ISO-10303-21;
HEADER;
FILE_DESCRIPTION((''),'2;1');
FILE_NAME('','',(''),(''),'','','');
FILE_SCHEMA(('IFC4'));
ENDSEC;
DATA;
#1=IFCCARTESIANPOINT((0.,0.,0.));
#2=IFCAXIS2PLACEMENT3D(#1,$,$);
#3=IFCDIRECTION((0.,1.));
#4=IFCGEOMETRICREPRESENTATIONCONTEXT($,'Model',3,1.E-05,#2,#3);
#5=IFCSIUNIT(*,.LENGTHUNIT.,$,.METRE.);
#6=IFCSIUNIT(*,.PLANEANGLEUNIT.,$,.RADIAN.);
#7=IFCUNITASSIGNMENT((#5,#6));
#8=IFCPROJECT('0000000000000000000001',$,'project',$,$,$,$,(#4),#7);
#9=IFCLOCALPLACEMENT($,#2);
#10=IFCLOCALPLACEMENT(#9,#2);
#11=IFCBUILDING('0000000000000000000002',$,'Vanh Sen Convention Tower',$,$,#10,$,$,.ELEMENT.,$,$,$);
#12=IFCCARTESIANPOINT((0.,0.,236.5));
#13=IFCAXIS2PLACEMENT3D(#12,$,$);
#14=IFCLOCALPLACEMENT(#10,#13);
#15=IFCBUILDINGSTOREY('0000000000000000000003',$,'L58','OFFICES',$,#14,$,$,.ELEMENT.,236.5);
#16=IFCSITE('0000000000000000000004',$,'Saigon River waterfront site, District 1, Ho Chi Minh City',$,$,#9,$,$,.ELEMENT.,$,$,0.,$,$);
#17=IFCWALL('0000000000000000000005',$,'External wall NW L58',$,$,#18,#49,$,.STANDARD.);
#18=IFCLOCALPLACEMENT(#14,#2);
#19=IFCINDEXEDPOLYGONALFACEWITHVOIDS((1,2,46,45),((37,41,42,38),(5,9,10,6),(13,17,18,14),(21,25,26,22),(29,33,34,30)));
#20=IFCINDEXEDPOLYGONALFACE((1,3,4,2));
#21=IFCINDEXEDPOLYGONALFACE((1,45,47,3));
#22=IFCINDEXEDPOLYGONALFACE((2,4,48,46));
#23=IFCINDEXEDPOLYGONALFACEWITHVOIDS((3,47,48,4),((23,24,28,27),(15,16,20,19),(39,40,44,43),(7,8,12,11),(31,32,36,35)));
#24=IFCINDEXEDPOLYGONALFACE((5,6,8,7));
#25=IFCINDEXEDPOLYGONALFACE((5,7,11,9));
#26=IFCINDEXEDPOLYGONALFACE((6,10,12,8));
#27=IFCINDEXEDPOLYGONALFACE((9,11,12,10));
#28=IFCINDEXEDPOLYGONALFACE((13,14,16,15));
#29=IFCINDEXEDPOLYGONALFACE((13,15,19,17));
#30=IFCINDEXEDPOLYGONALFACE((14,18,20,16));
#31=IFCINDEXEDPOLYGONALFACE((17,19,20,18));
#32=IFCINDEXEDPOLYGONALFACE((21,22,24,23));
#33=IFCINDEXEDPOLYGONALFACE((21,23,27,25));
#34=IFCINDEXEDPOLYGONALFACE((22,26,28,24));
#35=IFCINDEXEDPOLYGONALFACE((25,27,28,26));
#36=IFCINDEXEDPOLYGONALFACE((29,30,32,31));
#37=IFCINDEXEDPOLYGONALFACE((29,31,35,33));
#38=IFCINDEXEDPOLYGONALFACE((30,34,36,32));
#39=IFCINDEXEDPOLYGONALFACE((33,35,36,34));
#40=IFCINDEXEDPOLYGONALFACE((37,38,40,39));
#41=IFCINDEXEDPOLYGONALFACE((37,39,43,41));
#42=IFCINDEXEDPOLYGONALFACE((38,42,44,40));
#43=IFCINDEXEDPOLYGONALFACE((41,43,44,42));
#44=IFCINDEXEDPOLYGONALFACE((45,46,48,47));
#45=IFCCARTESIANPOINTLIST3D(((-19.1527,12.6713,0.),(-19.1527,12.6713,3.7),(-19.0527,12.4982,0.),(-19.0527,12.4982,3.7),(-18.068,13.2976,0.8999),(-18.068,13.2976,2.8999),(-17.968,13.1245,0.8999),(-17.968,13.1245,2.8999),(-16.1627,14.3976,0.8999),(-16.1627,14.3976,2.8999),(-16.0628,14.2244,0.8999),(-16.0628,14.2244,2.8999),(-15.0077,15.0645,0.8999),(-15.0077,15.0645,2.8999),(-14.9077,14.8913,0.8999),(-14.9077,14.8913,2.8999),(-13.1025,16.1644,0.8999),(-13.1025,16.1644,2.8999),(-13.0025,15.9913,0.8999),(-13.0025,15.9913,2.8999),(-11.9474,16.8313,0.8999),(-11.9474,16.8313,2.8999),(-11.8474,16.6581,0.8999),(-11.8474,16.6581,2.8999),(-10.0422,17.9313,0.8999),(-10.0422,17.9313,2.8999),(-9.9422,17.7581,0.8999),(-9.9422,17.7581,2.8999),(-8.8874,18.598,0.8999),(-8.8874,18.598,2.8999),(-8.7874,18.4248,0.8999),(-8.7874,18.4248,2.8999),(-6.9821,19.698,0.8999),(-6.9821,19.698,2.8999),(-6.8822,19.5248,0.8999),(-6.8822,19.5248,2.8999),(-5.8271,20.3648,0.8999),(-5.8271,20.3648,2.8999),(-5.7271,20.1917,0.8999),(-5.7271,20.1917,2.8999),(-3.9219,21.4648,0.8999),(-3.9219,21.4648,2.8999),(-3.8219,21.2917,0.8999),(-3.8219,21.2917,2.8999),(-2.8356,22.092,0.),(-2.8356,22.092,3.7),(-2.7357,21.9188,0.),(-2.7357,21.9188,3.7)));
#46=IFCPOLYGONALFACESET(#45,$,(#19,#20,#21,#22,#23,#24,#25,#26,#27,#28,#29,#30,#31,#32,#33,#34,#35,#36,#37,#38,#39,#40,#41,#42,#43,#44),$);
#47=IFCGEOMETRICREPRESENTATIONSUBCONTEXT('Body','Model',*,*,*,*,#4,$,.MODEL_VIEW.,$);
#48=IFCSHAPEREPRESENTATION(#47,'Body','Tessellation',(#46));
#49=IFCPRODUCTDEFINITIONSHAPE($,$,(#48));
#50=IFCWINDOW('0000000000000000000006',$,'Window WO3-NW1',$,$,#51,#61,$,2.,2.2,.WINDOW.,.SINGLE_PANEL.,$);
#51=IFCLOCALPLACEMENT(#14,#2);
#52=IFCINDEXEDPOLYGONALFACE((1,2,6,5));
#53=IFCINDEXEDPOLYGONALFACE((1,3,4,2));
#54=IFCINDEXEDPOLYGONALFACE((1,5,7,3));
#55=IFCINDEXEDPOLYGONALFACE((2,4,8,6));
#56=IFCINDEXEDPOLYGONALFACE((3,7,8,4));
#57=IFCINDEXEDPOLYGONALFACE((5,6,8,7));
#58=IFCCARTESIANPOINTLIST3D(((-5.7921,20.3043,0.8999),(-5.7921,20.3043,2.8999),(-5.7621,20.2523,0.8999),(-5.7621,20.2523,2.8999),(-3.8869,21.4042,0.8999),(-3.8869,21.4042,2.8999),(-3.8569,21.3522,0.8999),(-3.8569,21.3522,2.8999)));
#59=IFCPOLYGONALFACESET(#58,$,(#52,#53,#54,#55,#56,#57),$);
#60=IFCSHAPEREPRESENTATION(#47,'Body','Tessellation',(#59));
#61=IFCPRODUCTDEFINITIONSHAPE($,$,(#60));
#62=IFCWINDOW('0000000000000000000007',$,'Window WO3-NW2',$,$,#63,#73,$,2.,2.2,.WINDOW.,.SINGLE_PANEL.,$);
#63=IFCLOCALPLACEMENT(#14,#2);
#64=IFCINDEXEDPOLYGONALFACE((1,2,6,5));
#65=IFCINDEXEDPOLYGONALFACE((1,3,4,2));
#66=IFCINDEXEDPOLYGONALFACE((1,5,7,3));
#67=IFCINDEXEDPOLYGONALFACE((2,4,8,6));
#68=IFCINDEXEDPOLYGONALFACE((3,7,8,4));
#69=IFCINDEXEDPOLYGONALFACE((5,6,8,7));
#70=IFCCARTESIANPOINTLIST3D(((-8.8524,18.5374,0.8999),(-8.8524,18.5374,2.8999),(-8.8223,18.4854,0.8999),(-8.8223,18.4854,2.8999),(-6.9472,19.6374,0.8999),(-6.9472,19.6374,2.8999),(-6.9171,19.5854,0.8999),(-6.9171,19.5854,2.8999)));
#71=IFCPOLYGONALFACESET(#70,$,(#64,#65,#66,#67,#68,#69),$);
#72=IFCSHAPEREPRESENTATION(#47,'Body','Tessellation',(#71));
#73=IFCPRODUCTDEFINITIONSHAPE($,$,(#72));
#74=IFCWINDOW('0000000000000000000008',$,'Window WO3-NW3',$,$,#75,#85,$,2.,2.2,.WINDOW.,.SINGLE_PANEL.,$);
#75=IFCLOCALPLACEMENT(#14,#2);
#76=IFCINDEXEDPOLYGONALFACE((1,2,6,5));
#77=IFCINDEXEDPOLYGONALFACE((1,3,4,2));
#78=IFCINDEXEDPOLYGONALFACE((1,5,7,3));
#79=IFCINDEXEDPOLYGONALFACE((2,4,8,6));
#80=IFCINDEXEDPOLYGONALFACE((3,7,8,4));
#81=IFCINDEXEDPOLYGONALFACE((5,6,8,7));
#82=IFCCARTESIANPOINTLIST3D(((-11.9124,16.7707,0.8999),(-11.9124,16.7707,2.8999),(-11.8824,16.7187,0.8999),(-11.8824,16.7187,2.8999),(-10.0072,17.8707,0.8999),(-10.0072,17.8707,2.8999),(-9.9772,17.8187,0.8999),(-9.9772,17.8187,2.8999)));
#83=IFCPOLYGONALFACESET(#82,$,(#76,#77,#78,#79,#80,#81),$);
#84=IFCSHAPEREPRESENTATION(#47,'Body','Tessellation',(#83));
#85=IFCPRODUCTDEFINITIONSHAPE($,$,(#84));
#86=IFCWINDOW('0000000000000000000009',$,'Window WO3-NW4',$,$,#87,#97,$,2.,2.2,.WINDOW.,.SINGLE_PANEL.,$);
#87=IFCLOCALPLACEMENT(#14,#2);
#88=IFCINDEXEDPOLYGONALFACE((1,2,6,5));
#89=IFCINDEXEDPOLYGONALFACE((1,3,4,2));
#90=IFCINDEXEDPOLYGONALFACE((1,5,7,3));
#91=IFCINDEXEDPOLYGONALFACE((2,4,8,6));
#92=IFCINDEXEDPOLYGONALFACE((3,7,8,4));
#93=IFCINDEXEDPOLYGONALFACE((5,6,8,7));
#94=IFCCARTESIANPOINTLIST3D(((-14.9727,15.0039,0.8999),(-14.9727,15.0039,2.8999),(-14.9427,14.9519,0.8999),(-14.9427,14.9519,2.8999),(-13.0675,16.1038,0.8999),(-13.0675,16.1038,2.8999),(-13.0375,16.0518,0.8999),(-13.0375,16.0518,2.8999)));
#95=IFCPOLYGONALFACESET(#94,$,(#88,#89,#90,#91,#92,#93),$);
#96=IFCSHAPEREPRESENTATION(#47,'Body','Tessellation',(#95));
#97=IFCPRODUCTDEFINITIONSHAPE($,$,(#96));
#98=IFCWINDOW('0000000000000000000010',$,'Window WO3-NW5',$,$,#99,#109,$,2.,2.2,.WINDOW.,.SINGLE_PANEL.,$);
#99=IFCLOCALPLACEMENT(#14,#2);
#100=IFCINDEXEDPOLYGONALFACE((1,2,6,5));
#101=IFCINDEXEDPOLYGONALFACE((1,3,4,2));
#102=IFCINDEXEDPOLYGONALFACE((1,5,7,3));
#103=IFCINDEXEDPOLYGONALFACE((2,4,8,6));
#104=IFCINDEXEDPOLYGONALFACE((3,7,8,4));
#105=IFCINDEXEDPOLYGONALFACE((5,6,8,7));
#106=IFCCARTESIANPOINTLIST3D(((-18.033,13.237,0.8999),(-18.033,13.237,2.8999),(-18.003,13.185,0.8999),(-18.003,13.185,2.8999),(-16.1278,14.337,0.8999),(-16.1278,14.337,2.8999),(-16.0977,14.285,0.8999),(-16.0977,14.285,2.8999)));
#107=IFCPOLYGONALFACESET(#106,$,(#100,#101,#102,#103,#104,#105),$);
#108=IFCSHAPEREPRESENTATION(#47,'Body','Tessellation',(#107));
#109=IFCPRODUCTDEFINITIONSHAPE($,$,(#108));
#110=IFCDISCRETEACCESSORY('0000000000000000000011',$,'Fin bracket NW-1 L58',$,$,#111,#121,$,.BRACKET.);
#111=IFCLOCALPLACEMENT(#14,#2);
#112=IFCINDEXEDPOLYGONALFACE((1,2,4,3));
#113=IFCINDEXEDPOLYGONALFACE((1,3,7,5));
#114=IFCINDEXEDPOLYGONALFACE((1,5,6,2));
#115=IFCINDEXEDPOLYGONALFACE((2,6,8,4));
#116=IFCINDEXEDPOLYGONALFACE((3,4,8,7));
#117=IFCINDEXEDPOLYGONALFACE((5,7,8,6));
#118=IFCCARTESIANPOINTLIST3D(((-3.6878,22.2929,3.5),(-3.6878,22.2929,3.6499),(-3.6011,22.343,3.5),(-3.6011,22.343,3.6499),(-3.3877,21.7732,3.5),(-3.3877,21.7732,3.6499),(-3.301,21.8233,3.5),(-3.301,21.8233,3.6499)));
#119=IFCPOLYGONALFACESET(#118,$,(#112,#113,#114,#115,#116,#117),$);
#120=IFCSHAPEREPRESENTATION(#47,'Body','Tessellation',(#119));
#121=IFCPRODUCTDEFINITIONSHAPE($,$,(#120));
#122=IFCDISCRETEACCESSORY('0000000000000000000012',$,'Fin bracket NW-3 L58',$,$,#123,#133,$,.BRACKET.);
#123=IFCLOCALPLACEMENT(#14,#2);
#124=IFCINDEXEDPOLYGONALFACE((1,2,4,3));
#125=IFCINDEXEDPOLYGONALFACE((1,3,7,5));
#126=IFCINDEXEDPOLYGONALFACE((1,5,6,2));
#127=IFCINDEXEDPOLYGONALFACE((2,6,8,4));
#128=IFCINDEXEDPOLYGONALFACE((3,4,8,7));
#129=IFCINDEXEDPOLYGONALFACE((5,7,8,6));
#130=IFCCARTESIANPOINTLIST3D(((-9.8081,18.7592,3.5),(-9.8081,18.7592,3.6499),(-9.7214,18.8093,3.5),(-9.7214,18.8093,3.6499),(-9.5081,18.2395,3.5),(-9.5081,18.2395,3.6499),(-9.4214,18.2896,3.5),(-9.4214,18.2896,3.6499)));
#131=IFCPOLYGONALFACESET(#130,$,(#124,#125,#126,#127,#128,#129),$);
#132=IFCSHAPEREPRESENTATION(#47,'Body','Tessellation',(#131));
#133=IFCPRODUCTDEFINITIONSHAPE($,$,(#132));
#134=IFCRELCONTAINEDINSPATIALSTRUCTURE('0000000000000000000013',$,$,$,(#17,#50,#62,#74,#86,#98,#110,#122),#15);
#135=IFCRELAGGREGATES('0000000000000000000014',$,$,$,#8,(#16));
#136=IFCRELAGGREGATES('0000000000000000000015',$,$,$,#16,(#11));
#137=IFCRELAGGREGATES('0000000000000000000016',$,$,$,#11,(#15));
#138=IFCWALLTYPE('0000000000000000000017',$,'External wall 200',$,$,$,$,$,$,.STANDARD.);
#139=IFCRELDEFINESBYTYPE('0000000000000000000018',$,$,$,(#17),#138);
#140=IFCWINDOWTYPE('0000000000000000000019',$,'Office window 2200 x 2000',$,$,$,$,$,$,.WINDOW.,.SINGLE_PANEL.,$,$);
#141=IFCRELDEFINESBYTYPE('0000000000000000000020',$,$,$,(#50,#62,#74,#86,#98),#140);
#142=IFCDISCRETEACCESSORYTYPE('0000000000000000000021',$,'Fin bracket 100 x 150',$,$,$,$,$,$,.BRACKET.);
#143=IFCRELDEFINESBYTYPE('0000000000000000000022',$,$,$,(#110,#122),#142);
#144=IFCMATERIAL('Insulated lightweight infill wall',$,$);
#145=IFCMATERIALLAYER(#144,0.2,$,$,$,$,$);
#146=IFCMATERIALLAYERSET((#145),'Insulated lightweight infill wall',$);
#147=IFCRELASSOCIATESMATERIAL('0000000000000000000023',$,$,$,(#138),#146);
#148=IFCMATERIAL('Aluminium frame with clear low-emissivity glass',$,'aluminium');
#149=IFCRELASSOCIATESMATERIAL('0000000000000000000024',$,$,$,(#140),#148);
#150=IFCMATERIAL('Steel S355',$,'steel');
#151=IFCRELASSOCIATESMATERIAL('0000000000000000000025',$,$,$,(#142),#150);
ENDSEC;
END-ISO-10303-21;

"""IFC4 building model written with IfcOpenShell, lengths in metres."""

from ifc_helpers import new_model, si_unit, direction, frame, frame_2d, origin, origin_2d, place, context, subcontext, project, spatial, rectangle, extrude, material, layer, layer_set, type_object, element, fill, save


model = new_model("IFC4")

# Units and contexts
model_context = context("Model", 3, precision=1e-05, world=origin(), true_north=direction((0.0, 1.0)))
body_context = subcontext(model_context, "Body", "Model", "MODEL_VIEW")
ifc_project = project(units=[si_unit("LENGTHUNIT", "METRE"), si_unit("PLANEANGLEUNIT", "RADIAN")], contexts=[model_context])

# Site, building, storey
site_placement = place(None, origin())
site = spatial("IfcSite", under=ifc_project, at=site_placement, Name="Saigon River waterfront site, District 1, Ho Chi Minh City", CompositionType="ELEMENT", RefElevation=0.0)
building_placement = place(site_placement, origin())
building = spatial("IfcBuilding", under=site, at=building_placement, Name="Vanh Sen Convention Tower", CompositionType="ELEMENT")
storey_placement = place(building_placement, frame((0.0, 0.0, 236.5)))
storey = spatial("IfcBuildingStorey", under=building, at=storey_placement, Name="L58", Description="OFFICES", CompositionType="ELEMENT", Elevation=236.5)

# Wall, openings, windows
ifc_material_1 = material(Name="Insulated lightweight infill wall")
ifc_layer_1 = layer(ifc_material_1, 0.2)
ifc_layer_set_1 = layer_set([ifc_layer_1], Name="Insulated lightweight infill wall")
wall_type_1 = type_object("IfcWallType", Name="External wall 200", PredefinedType="STANDARD", material=ifc_layer_set_1)
wall_1_placement = place(storey_placement, frame((-2.7856, 22.0054, 0.0), z_axis=(0.0, 0.0, 1.0), x_axis=(-0.866027, -0.499998, 0.0)))
wall_1 = element("IfcWall", 1, at=wall_1_placement, inside=storey, type_object=wall_type_1, Name="External wall NW L58", PredefinedType="STANDARD", context=body_context, shape_type="SweptSolid", body=[
    extrude(rectangle(XDim=18.8413, YDim=0.2, at=frame_2d((9.4207, 0.0))), origin(), (0.0, 0.0, 1.0), 3.7),
])
opening_1_placement = place(wall_1_placement, frame((1.2542, 0.0, 0.8999)))
opening_1 = element("IfcOpeningElement", 2, at=opening_1_placement, cuts=wall_1, PredefinedType="OPENING", context=body_context, shape_type="SweptSolid", body=[
    extrude(rectangle(XDim=2.2, YDim=2.0, at=frame_2d((1.1001, 1.0))), frame((0.0, 0.1099, 0.0), z_axis=(0.0, -1.0, 0.0), x_axis=(1.0, 0.0, 0.0)), (0.0, 0.0, 1.0), 0.22),
])
opening_2_placement = place(wall_1_placement, frame((4.7878, 0.0, 0.8999)))
opening_2 = element("IfcOpeningElement", 3, at=opening_2_placement, cuts=wall_1, PredefinedType="OPENING", context=body_context, shape_type="SweptSolid", body=[
    extrude(rectangle(XDim=2.2, YDim=2.0, at=frame_2d((1.1001, 1.0))), frame((0.0, 0.1099, 0.0), z_axis=(0.0, -1.0, 0.0), x_axis=(1.0, 0.0, 0.0)), (0.0, 0.0, 1.0), 0.22),
])
opening_3_placement = place(wall_1_placement, frame((8.3213, 0.0, 0.8999)))
opening_3 = element("IfcOpeningElement", 4, at=opening_3_placement, cuts=wall_1, PredefinedType="OPENING", context=body_context, shape_type="SweptSolid", body=[
    extrude(rectangle(XDim=2.2, YDim=2.0, at=frame_2d((1.1001, 1.0))), frame((0.0, 0.1099, 0.0), z_axis=(0.0, -1.0, 0.0), x_axis=(1.0, 0.0, 0.0)), (0.0, 0.0, 1.0), 0.22),
])
opening_4_placement = place(wall_1_placement, frame((11.855, 0.0, 0.8999)))
opening_4 = element("IfcOpeningElement", 5, at=opening_4_placement, cuts=wall_1, PredefinedType="OPENING", context=body_context, shape_type="SweptSolid", body=[
    extrude(rectangle(XDim=2.2, YDim=2.0, at=frame_2d((1.1001, 1.0))), frame((0.0, 0.1099, 0.0), z_axis=(0.0, -1.0, 0.0), x_axis=(1.0, 0.0, 0.0)), (0.0, 0.0, 1.0), 0.22),
])
opening_5_placement = place(wall_1_placement, frame((15.3887, 0.0, 0.8999)))
opening_5 = element("IfcOpeningElement", 6, at=opening_5_placement, cuts=wall_1, PredefinedType="OPENING", context=body_context, shape_type="SweptSolid", body=[
    extrude(rectangle(XDim=2.2, YDim=2.0, at=frame_2d((1.1001, 1.0))), frame((0.0, 0.1099, 0.0), z_axis=(0.0, -1.0, 0.0), x_axis=(1.0, 0.0, 0.0)), (0.0, 0.0, 1.0), 0.22),
])
ifc_material_2 = material(Name="Aluminium frame with clear low-emissivity glass", Category="aluminium")
window_type = type_object("IfcWindowType", Name="Office window 2200 x 2000", PartitioningType="SINGLE_PANEL", PredefinedType="WINDOW", material=ifc_material_2)
window_1_placement = place(opening_1_placement, origin())
window_1 = element("IfcWindow", 7, at=window_1_placement, inside=storey, type_object=window_type, Name="Window WO3-NW1", OverallHeight=2.0, OverallWidth=2.2, PartitioningType="SINGLE_PANEL", PredefinedType="WINDOW", context=body_context, shape_type="SweptSolid", body=[
    extrude(rectangle(XDim=2.2, YDim=2.0, at=frame_2d((1.1001, 1.0))), frame((0.0, 0.03, 0.0), z_axis=(0.0, -1.0, 0.0), x_axis=(1.0, 0.0, 0.0)), (0.0, 0.0, 1.0), 0.0601),
])
fill(opening_1, window_1)
window_2_placement = place(opening_2_placement, origin())
window_2 = element("IfcWindow", 8, at=window_2_placement, inside=storey, type_object=window_type, Name="Window WO3-NW2", OverallHeight=2.0, OverallWidth=2.2, PartitioningType="SINGLE_PANEL", PredefinedType="WINDOW", context=body_context, shape_type="SweptSolid", body=[
    extrude(rectangle(XDim=2.2, YDim=2.0, at=frame_2d((1.1001, 1.0))), frame((0.0, 0.03, 0.0), z_axis=(0.0, -1.0, 0.0), x_axis=(1.0, 0.0, 0.0)), (0.0, 0.0, 1.0), 0.0601),
])
fill(opening_2, window_2)
window_3_placement = place(opening_3_placement, origin())
window_3 = element("IfcWindow", 9, at=window_3_placement, inside=storey, type_object=window_type, Name="Window WO3-NW3", OverallHeight=2.0, OverallWidth=2.2, PartitioningType="SINGLE_PANEL", PredefinedType="WINDOW", context=body_context, shape_type="SweptSolid", body=[
    extrude(rectangle(XDim=2.2, YDim=2.0, at=frame_2d((1.1001, 1.0))), frame((0.0, 0.03, 0.0), z_axis=(0.0, -1.0, 0.0), x_axis=(1.0, 0.0, 0.0)), (0.0, 0.0, 1.0), 0.0601),
])
fill(opening_3, window_3)
window_4_placement = place(opening_4_placement, origin())
window_4 = element("IfcWindow", 10, at=window_4_placement, inside=storey, type_object=window_type, Name="Window WO3-NW4", OverallHeight=2.0, OverallWidth=2.2, PartitioningType="SINGLE_PANEL", PredefinedType="WINDOW", context=body_context, shape_type="SweptSolid", body=[
    extrude(rectangle(XDim=2.2, YDim=2.0, at=frame_2d((1.1001, 1.0))), frame((0.0, 0.03, 0.0), z_axis=(0.0, -1.0, 0.0), x_axis=(1.0, 0.0, 0.0)), (0.0, 0.0, 1.0), 0.0601),
])
fill(opening_4, window_4)
window_5_placement = place(opening_5_placement, origin())
window_5 = element("IfcWindow", 11, at=window_5_placement, inside=storey, type_object=window_type, Name="Window WO3-NW5", OverallHeight=2.0, OverallWidth=2.2, PartitioningType="SINGLE_PANEL", PredefinedType="WINDOW", context=body_context, shape_type="SweptSolid", body=[
    extrude(rectangle(XDim=2.2, YDim=2.0, at=frame_2d((1.1001, 1.0))), frame((0.0, 0.03, 0.0), z_axis=(0.0, -1.0, 0.0), x_axis=(1.0, 0.0, 0.0)), (0.0, 0.0, 1.0), 0.0601),
])
fill(opening_5, window_5)

# Discrete accessories
ifc_material_3 = material(Name="Steel S355", Category="steel")
discrete_accessory_type = type_object("IfcDiscreteAccessoryType", Name="Fin bracket 100 x 150", PredefinedType="BRACKET", material=ifc_material_3)
for number, where, z_axis, x_axis, name in (
    (12, (-3.4944, 22.0581, 3.5), (0.0, 0.0, 1.0), (-0.5, 0.866025, 0.0), "Fin bracket NW-1 L58"),
    (13, (-9.6147, 18.5244, 3.5), (0.0, 0.0, 1.0), (-0.5, 0.866025, 0.0), "Fin bracket NW-3 L58"),
):
    element("IfcDiscreteAccessory", number, at=place(storey_placement, frame(where, z_axis=z_axis, x_axis=x_axis)), inside=storey, type_object=discrete_accessory_type, Name=name, PredefinedType="BRACKET", context=body_context, shape_type="SweptSolid", body=[
        extrude(rectangle(XDim=0.6001, YDim=0.1001, at=origin_2d()), origin(), (0.0, 0.0, 1.0), 0.1499),
    ])

save(model, "model.ifc")
